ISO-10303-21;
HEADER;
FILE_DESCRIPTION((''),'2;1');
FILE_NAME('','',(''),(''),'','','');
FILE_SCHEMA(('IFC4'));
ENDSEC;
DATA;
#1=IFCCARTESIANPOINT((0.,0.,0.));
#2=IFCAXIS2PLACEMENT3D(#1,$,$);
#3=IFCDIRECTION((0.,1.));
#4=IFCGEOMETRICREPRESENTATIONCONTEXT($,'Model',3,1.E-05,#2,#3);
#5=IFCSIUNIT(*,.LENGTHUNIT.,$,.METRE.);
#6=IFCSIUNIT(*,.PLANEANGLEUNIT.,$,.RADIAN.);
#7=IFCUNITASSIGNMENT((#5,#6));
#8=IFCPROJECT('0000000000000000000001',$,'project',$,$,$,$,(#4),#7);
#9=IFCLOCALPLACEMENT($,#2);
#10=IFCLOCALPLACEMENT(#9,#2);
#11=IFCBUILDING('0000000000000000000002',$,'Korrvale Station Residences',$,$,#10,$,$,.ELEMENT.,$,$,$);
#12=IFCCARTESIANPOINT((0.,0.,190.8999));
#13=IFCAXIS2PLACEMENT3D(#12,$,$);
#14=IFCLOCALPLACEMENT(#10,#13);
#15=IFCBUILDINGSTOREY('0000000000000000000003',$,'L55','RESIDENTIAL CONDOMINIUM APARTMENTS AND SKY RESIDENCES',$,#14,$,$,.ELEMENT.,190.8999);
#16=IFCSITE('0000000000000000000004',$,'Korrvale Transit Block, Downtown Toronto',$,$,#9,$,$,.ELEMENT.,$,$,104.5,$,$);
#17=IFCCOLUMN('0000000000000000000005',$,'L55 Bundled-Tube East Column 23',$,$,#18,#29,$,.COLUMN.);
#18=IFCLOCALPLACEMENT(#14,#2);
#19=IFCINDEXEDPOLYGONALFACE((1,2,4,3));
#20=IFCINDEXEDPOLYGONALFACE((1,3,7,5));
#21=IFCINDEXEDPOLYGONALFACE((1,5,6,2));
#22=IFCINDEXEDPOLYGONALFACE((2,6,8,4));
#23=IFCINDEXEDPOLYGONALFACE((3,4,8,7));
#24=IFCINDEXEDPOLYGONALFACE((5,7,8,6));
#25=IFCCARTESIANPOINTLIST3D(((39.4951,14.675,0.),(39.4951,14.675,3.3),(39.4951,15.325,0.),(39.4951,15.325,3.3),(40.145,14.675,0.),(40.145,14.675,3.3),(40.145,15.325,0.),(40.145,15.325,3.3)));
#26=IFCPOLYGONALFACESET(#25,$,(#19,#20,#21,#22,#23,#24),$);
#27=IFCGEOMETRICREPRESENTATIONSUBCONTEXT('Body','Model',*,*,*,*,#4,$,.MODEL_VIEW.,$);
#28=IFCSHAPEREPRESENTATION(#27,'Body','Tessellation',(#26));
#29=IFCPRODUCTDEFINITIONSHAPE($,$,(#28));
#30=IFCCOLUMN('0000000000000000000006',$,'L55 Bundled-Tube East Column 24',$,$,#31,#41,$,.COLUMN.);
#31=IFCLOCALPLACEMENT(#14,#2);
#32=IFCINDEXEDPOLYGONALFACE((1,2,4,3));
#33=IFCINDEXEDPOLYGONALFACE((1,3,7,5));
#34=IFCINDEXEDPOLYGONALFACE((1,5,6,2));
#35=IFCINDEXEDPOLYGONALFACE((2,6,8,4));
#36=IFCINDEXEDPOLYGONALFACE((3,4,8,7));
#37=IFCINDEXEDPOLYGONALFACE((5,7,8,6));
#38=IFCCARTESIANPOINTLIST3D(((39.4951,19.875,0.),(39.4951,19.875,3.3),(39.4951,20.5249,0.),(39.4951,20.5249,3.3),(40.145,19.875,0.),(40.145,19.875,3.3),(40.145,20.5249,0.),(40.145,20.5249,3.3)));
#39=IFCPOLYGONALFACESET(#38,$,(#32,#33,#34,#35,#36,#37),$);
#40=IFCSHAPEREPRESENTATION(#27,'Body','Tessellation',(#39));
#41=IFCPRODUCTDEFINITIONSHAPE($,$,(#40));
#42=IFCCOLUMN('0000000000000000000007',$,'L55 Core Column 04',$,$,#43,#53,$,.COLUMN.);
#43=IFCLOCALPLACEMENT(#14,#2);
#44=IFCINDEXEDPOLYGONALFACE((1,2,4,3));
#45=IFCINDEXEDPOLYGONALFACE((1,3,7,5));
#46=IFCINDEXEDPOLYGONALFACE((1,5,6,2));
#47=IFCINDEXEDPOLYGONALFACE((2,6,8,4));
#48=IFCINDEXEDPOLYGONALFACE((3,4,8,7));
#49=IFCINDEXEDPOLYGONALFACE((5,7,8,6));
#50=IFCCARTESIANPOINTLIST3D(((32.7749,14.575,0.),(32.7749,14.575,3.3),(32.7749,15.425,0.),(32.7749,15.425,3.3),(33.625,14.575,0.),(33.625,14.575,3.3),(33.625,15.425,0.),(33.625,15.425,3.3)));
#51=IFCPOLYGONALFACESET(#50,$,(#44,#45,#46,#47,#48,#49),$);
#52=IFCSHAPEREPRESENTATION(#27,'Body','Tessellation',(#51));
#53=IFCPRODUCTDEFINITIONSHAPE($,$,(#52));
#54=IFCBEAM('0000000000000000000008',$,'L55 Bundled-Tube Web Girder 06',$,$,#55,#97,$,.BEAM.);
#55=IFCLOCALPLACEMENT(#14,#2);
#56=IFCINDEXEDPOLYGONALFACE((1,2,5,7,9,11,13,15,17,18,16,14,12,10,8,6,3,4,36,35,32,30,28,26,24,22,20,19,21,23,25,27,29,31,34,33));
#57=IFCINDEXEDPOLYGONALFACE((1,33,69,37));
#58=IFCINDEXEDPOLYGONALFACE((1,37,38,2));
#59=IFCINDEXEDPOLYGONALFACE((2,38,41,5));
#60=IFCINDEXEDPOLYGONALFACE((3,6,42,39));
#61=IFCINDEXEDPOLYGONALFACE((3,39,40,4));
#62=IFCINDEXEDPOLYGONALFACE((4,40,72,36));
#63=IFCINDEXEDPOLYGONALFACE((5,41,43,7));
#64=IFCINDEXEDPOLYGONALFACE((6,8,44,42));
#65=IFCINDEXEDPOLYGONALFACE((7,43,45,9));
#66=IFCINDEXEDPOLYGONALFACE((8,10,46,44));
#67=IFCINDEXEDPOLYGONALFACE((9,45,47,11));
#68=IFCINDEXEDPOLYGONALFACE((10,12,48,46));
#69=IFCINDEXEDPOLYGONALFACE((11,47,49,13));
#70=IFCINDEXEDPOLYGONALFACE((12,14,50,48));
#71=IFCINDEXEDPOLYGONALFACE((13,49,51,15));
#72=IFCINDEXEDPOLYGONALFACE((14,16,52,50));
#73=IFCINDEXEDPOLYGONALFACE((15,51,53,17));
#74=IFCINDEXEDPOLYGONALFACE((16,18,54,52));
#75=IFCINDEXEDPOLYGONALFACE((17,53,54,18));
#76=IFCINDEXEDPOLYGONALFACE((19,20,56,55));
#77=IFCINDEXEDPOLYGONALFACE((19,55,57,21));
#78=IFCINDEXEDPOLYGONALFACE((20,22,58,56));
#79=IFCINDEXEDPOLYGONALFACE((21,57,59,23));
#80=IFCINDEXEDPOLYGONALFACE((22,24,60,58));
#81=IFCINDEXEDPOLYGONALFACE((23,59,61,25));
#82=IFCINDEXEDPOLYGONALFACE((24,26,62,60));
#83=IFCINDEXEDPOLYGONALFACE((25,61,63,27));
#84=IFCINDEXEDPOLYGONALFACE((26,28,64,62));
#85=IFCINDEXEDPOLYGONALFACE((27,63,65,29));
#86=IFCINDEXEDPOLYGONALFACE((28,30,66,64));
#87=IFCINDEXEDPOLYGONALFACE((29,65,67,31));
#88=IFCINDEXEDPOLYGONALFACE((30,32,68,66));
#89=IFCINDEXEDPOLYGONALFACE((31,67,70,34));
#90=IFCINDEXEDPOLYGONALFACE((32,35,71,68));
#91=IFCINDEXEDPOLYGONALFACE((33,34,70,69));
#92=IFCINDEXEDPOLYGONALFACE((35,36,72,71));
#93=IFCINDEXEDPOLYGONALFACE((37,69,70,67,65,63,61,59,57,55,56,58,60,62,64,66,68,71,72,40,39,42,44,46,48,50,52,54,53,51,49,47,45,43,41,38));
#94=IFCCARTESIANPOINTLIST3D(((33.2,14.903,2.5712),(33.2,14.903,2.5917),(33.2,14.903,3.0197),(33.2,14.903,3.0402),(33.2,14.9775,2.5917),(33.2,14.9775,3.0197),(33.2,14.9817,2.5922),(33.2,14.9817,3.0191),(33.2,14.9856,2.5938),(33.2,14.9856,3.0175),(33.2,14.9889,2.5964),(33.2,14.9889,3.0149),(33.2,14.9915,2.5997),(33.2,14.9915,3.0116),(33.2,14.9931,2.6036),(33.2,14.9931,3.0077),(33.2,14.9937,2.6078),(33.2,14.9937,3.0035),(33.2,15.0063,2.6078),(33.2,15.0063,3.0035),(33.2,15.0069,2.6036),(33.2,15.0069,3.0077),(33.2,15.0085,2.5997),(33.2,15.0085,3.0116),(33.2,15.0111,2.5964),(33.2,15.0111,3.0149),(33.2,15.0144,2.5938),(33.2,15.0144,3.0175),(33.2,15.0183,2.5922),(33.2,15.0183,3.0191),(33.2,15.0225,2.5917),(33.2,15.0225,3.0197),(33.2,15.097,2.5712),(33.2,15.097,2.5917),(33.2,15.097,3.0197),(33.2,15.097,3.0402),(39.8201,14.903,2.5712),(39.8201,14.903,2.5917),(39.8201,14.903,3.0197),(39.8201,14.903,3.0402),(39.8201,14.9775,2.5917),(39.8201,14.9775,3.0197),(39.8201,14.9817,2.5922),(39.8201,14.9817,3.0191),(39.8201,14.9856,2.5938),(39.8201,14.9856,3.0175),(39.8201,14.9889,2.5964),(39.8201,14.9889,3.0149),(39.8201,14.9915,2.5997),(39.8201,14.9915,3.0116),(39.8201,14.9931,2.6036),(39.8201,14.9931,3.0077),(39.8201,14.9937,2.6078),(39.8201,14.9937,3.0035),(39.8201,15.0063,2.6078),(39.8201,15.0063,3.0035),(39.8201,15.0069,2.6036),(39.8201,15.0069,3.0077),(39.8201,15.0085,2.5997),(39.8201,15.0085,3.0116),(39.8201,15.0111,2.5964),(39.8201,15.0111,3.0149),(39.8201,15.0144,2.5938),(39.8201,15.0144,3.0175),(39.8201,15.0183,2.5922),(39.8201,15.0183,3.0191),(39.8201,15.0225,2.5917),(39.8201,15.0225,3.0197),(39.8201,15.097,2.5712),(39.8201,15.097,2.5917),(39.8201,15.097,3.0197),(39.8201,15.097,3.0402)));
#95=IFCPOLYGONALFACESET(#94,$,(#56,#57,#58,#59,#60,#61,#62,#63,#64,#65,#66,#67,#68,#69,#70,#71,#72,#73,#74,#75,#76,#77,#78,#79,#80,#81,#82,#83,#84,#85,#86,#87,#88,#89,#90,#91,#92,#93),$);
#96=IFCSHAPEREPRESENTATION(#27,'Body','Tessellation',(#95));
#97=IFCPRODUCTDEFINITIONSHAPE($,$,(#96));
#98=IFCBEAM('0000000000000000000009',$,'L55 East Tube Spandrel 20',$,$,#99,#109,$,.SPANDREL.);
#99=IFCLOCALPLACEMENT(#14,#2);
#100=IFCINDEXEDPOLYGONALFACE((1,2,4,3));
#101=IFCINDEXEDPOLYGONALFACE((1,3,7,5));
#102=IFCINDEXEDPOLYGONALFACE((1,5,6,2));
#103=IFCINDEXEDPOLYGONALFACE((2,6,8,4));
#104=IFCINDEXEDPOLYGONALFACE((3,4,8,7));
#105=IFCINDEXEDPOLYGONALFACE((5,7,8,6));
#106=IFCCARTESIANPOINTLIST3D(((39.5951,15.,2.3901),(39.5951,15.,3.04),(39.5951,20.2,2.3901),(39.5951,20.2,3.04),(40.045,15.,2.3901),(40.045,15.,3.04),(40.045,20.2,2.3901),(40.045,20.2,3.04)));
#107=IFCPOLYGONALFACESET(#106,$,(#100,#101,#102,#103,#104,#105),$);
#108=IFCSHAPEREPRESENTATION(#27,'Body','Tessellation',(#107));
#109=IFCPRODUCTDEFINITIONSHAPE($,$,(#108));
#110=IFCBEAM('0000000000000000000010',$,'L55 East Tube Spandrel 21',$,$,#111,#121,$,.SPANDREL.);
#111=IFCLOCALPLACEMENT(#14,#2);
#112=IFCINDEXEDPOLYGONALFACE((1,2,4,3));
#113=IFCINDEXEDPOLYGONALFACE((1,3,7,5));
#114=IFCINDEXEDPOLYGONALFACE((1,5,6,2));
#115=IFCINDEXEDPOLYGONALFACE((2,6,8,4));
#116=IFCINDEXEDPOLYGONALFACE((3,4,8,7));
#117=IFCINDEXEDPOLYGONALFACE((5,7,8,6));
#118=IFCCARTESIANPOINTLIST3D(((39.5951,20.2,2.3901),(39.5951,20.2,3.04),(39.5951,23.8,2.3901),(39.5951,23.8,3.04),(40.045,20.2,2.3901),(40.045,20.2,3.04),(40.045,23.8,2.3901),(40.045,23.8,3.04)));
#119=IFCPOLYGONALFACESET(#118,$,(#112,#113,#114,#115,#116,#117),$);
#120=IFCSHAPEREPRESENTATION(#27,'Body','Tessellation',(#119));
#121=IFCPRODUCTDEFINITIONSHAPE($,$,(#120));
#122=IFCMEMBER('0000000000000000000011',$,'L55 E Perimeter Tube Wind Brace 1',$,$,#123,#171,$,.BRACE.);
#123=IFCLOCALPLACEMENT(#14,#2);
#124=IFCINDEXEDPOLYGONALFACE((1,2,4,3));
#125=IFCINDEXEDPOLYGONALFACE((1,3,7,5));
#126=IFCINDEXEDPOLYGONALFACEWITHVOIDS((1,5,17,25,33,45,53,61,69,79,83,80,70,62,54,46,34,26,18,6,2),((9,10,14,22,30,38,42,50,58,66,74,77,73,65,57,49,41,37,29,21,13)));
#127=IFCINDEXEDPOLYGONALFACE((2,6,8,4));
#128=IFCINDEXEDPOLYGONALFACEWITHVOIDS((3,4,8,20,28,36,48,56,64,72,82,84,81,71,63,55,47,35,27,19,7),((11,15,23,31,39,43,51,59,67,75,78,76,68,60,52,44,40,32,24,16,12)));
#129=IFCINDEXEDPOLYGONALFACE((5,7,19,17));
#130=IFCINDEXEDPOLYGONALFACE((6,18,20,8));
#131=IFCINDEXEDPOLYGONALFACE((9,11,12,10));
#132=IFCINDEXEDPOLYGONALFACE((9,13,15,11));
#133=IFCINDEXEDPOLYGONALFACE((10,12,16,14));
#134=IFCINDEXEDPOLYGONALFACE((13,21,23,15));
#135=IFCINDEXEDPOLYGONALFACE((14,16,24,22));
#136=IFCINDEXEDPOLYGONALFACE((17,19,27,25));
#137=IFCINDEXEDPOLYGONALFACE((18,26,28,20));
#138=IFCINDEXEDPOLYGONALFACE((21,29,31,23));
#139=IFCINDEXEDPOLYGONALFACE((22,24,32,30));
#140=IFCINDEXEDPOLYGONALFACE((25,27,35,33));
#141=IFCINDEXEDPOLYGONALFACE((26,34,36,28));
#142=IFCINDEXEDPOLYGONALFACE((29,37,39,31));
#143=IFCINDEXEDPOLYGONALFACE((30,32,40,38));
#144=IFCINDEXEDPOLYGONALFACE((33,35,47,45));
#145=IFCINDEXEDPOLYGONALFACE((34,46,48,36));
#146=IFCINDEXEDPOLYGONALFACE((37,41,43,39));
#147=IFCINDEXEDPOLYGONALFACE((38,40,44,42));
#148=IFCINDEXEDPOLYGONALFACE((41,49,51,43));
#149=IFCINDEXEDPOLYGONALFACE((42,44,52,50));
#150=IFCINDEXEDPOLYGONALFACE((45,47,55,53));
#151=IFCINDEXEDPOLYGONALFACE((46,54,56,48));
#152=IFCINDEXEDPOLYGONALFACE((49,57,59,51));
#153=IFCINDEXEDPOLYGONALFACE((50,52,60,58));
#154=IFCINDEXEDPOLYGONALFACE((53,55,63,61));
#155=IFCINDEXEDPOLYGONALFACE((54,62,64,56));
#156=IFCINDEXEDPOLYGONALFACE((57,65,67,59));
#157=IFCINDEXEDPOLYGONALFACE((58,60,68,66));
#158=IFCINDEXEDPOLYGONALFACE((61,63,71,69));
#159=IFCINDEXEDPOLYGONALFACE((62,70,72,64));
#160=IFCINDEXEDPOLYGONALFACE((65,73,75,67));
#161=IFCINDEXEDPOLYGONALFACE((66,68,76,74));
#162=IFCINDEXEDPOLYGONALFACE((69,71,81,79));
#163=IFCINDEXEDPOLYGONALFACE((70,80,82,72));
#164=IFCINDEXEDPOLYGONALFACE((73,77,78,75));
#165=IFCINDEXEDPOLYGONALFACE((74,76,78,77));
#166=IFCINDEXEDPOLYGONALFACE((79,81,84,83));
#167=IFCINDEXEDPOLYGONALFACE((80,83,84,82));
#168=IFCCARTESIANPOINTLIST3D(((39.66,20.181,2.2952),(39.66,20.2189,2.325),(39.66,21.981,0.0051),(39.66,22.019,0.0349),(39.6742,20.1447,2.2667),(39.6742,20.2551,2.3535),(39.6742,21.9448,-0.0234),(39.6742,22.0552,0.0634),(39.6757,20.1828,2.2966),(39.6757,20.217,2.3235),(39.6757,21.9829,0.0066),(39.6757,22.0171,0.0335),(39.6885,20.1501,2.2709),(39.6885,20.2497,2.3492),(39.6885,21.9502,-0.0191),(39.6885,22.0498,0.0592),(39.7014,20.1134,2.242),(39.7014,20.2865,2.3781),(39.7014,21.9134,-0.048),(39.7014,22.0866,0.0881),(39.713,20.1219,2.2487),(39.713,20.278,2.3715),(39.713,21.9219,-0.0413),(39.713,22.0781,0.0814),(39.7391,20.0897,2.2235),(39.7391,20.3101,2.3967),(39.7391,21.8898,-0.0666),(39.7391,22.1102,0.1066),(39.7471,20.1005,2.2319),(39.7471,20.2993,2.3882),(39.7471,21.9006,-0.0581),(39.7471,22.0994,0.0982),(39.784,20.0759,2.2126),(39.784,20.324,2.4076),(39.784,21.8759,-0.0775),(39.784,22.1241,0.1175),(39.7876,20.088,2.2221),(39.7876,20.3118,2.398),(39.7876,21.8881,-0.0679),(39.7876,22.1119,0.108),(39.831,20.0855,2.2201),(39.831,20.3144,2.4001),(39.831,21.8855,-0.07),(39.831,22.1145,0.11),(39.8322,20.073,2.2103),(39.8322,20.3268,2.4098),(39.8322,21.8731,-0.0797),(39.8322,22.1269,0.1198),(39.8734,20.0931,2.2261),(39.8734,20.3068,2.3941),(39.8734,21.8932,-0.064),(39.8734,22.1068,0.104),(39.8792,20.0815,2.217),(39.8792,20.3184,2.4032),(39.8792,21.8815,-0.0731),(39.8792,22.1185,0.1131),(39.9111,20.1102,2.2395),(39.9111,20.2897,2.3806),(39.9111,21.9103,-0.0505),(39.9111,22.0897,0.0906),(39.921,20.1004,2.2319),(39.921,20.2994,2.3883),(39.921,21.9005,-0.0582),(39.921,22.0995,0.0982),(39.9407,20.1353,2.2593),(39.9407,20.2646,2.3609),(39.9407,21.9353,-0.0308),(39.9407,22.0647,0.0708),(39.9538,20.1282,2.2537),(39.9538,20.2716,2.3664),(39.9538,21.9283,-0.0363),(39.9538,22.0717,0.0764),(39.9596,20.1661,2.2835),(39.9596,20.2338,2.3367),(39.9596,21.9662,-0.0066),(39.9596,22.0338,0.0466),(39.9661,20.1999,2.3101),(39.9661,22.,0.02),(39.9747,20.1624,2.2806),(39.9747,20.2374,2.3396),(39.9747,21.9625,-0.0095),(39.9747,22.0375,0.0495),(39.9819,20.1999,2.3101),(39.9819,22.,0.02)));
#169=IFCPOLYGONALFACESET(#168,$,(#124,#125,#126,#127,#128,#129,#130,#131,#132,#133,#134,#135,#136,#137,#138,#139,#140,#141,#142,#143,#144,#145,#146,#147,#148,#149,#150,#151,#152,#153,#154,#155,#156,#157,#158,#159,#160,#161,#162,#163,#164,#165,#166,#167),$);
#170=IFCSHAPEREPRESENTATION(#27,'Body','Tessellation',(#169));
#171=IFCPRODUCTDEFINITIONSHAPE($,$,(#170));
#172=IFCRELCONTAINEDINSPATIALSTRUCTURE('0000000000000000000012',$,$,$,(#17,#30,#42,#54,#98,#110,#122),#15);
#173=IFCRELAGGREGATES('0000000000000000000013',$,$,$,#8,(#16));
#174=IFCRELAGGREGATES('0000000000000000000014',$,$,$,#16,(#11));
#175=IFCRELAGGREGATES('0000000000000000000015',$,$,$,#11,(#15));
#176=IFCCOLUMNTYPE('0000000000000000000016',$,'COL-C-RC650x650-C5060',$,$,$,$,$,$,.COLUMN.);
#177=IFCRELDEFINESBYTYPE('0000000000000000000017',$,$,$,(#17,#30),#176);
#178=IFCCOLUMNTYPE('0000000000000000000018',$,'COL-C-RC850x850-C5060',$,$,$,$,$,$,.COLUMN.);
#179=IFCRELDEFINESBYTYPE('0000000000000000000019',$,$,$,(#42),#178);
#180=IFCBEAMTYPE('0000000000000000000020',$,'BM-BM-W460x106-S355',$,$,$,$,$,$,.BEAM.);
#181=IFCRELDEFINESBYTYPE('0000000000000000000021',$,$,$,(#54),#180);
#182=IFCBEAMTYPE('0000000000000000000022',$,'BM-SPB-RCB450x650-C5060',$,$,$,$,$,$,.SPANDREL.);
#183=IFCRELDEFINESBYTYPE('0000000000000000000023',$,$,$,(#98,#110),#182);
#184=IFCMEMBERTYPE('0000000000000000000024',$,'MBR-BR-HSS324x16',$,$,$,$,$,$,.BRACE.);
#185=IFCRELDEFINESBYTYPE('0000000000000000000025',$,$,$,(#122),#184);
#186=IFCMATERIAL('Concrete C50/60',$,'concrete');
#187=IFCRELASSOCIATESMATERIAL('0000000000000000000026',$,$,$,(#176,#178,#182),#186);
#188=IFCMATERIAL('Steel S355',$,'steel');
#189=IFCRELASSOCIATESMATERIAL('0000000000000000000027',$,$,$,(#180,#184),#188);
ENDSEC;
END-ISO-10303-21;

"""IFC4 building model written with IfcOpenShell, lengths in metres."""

from ifc_helpers import new_model, si_unit, direction, frame, origin, origin_2d, place, context, subcontext, project, spatial, rectangle, hollow_circle, i_section, extrude, material, material_profile, profile_set, type_object, element, save


model = new_model("IFC4")

# Units and contexts
model_context = context("Model", 3, precision=1e-05, world=origin(), true_north=direction((0.0, 1.0)))
body_context = subcontext(model_context, "Body", "Model", "MODEL_VIEW")
ifc_project = project(units=[si_unit("LENGTHUNIT", "METRE"), si_unit("PLANEANGLEUNIT", "RADIAN")], contexts=[model_context])

# Site, building, storey
site_placement = place(None, origin())
site = spatial("IfcSite", under=ifc_project, at=site_placement, Name="Korrvale Transit Block, Downtown Toronto", CompositionType="ELEMENT", RefElevation=104.5)
building_placement = place(site_placement, origin())
building = spatial("IfcBuilding", under=site, at=building_placement, Name="Korrvale Station Residences", CompositionType="ELEMENT")
storey_placement = place(building_placement, frame((0.0, 0.0, 190.8999)))
storey = spatial("IfcBuildingStorey", under=building, at=storey_placement, Name="L55", Description="RESIDENTIAL CONDOMINIUM APARTMENTS AND SKY RESIDENCES", CompositionType="ELEMENT", Elevation=190.8999)

# Columns
ifc_material_1 = material(Name="Concrete C50/60", Category="concrete")
ifc_material_profile_1 = material_profile(ifc_material_1, rectangle(XDim=0.6499, YDim=0.6499, at=origin_2d()), Name="RC650x650")
ifc_profile_set_1 = profile_set([ifc_material_profile_1], Name="Concrete C50/60")
column_type_1 = type_object("IfcColumnType", Name="COL-C-RC650x650-C5060", PredefinedType="COLUMN", material=ifc_profile_set_1)
for number, where, z_axis, x_axis, name in (
    (1, (39.8201, 15.0, 0.0), (0.0, 0.0, 1.0), (1.0, 0.0, 0.0), "L55 Bundled-Tube East Column 23"),
    (2, (39.8201, 20.2, 0.0), (0.0, 0.0, 1.0), (1.0, 0.0, 0.0), "L55 Bundled-Tube East Column 24"),
):
    element("IfcColumn", number, at=place(storey_placement, frame(where, z_axis=z_axis, x_axis=x_axis)), inside=storey, type_object=column_type_1, Name=name, PredefinedType="COLUMN", context=body_context, shape_type="SweptSolid", body=[
        extrude(rectangle(XDim=0.6499, YDim=0.6499, at=origin_2d()), origin(), (0.0, 0.0, 1.0), 3.3),
    ])
ifc_material_profile_2 = material_profile(ifc_material_1, rectangle(XDim=0.8501, YDim=0.8501, at=origin_2d()), Name="RC850x850")
ifc_profile_set_2 = profile_set([ifc_material_profile_2], Name="Concrete C50/60")
column_type_2 = type_object("IfcColumnType", Name="COL-C-RC850x850-C5060", PredefinedType="COLUMN", material=ifc_profile_set_2)
column_placement = place(storey_placement, frame((33.2, 15.0, 0.0), z_axis=(0.0, 0.0, 1.0), x_axis=(1.0, 0.0, 0.0)))
element("IfcColumn", 3, at=column_placement, inside=storey, type_object=column_type_2, Name="L55 Core Column 04", PredefinedType="COLUMN", context=body_context, shape_type="SweptSolid", body=[
    extrude(rectangle(XDim=0.8501, YDim=0.8501, at=origin_2d()), origin(), (0.0, 0.0, 1.0), 3.3),
])

# Beams
ifc_material_2 = material(Name="Steel S355", Category="steel")
ifc_material_profile_3 = material_profile(ifc_material_2, i_section(OverallWidth=0.1941, OverallDepth=0.469, WebThickness=0.0127, FlangeThickness=0.0205, FilletRadius=0.0161, at=origin_2d()), Name="W460x106")
ifc_profile_set_3 = profile_set([ifc_material_profile_3], Name="Steel S355")
beam_type_1 = type_object("IfcBeamType", Name="BM-BM-W460x106-S355", PredefinedType="BEAM", material=ifc_profile_set_3)
beam_1_placement = place(storey_placement, frame((33.2, 15.0, 2.8057), z_axis=(1.0, 0.0, 0.0), x_axis=(0.0, 1.0, 0.0)))
element("IfcBeam", 4, at=beam_1_placement, inside=storey, type_object=beam_type_1, Name="L55 Bundled-Tube Web Girder 06", PredefinedType="BEAM", context=body_context, shape_type="SweptSolid", body=[
    extrude(i_section(OverallWidth=0.1941, OverallDepth=0.469, WebThickness=0.0127, FlangeThickness=0.0205, FilletRadius=0.0161, at=origin_2d()), origin(), (0.0, 0.0, 1.0), 6.6201),
])
ifc_material_profile_4 = material_profile(ifc_material_1, rectangle(XDim=0.45, YDim=0.6499, at=origin_2d()), Name="RCB450x650")
ifc_profile_set_4 = profile_set([ifc_material_profile_4], Name="Concrete C50/60")
beam_type_2 = type_object("IfcBeamType", Name="BM-SPB-RCB450x650-C5060", PredefinedType="SPANDREL", material=ifc_profile_set_4)
beam_2_placement = place(storey_placement, frame((39.8201, 15.0, 2.7151), z_axis=(0.0, 1.0, 0.0), x_axis=(-1.0, 0.0, 0.0)))
element("IfcBeam", 5, at=beam_2_placement, inside=storey, type_object=beam_type_2, Name="L55 East Tube Spandrel 20", PredefinedType="SPANDREL", context=body_context, shape_type="SweptSolid", body=[
    extrude(rectangle(XDim=0.45, YDim=0.6499, at=origin_2d()), origin(), (0.0, 0.0, 1.0), 5.2),
])
beam_3_placement = place(storey_placement, frame((39.8201, 20.2, 2.7151), z_axis=(0.0, 1.0, 0.0), x_axis=(-1.0, 0.0, 0.0)))
element("IfcBeam", 6, at=beam_3_placement, inside=storey, type_object=beam_type_2, Name="L55 East Tube Spandrel 21", PredefinedType="SPANDREL", context=body_context, shape_type="SweptSolid", body=[
    extrude(rectangle(XDim=0.45, YDim=0.6499, at=origin_2d()), origin(), (0.0, 0.0, 1.0), 3.6001),
])

# Member
ifc_material_profile_5 = material_profile(ifc_material_2, hollow_circle(Radius=0.1619, WallThickness=0.0159, at=origin_2d()), Name="HSS324x16")
ifc_profile_set_5 = profile_set([ifc_material_profile_5], Name="Steel S355")
member_type = type_object("IfcMemberType", Name="MBR-BR-HSS324x16", PredefinedType="BRACE", material=ifc_profile_set_5)
for number, where, z_axis, x_axis, name in (
    (7, (39.8201, 22.0, 0.02), (0.0, -0.617977, 0.786196), (1.0, 0.0, 0.0), "L55 E Perimeter Tube Wind Brace 1"),
):
    element("IfcMember", number, at=place(storey_placement, frame(where, z_axis=z_axis, x_axis=x_axis)), inside=storey, type_object=member_type, Name=name, PredefinedType="BRACE", context=body_context, shape_type="SweptSolid", body=[
        extrude(hollow_circle(Radius=0.1619, WallThickness=0.0159, at=origin_2d()), origin(), (0.0, 0.0, 1.0), 2.9128),
    ])

save(model, "model.ifc")
